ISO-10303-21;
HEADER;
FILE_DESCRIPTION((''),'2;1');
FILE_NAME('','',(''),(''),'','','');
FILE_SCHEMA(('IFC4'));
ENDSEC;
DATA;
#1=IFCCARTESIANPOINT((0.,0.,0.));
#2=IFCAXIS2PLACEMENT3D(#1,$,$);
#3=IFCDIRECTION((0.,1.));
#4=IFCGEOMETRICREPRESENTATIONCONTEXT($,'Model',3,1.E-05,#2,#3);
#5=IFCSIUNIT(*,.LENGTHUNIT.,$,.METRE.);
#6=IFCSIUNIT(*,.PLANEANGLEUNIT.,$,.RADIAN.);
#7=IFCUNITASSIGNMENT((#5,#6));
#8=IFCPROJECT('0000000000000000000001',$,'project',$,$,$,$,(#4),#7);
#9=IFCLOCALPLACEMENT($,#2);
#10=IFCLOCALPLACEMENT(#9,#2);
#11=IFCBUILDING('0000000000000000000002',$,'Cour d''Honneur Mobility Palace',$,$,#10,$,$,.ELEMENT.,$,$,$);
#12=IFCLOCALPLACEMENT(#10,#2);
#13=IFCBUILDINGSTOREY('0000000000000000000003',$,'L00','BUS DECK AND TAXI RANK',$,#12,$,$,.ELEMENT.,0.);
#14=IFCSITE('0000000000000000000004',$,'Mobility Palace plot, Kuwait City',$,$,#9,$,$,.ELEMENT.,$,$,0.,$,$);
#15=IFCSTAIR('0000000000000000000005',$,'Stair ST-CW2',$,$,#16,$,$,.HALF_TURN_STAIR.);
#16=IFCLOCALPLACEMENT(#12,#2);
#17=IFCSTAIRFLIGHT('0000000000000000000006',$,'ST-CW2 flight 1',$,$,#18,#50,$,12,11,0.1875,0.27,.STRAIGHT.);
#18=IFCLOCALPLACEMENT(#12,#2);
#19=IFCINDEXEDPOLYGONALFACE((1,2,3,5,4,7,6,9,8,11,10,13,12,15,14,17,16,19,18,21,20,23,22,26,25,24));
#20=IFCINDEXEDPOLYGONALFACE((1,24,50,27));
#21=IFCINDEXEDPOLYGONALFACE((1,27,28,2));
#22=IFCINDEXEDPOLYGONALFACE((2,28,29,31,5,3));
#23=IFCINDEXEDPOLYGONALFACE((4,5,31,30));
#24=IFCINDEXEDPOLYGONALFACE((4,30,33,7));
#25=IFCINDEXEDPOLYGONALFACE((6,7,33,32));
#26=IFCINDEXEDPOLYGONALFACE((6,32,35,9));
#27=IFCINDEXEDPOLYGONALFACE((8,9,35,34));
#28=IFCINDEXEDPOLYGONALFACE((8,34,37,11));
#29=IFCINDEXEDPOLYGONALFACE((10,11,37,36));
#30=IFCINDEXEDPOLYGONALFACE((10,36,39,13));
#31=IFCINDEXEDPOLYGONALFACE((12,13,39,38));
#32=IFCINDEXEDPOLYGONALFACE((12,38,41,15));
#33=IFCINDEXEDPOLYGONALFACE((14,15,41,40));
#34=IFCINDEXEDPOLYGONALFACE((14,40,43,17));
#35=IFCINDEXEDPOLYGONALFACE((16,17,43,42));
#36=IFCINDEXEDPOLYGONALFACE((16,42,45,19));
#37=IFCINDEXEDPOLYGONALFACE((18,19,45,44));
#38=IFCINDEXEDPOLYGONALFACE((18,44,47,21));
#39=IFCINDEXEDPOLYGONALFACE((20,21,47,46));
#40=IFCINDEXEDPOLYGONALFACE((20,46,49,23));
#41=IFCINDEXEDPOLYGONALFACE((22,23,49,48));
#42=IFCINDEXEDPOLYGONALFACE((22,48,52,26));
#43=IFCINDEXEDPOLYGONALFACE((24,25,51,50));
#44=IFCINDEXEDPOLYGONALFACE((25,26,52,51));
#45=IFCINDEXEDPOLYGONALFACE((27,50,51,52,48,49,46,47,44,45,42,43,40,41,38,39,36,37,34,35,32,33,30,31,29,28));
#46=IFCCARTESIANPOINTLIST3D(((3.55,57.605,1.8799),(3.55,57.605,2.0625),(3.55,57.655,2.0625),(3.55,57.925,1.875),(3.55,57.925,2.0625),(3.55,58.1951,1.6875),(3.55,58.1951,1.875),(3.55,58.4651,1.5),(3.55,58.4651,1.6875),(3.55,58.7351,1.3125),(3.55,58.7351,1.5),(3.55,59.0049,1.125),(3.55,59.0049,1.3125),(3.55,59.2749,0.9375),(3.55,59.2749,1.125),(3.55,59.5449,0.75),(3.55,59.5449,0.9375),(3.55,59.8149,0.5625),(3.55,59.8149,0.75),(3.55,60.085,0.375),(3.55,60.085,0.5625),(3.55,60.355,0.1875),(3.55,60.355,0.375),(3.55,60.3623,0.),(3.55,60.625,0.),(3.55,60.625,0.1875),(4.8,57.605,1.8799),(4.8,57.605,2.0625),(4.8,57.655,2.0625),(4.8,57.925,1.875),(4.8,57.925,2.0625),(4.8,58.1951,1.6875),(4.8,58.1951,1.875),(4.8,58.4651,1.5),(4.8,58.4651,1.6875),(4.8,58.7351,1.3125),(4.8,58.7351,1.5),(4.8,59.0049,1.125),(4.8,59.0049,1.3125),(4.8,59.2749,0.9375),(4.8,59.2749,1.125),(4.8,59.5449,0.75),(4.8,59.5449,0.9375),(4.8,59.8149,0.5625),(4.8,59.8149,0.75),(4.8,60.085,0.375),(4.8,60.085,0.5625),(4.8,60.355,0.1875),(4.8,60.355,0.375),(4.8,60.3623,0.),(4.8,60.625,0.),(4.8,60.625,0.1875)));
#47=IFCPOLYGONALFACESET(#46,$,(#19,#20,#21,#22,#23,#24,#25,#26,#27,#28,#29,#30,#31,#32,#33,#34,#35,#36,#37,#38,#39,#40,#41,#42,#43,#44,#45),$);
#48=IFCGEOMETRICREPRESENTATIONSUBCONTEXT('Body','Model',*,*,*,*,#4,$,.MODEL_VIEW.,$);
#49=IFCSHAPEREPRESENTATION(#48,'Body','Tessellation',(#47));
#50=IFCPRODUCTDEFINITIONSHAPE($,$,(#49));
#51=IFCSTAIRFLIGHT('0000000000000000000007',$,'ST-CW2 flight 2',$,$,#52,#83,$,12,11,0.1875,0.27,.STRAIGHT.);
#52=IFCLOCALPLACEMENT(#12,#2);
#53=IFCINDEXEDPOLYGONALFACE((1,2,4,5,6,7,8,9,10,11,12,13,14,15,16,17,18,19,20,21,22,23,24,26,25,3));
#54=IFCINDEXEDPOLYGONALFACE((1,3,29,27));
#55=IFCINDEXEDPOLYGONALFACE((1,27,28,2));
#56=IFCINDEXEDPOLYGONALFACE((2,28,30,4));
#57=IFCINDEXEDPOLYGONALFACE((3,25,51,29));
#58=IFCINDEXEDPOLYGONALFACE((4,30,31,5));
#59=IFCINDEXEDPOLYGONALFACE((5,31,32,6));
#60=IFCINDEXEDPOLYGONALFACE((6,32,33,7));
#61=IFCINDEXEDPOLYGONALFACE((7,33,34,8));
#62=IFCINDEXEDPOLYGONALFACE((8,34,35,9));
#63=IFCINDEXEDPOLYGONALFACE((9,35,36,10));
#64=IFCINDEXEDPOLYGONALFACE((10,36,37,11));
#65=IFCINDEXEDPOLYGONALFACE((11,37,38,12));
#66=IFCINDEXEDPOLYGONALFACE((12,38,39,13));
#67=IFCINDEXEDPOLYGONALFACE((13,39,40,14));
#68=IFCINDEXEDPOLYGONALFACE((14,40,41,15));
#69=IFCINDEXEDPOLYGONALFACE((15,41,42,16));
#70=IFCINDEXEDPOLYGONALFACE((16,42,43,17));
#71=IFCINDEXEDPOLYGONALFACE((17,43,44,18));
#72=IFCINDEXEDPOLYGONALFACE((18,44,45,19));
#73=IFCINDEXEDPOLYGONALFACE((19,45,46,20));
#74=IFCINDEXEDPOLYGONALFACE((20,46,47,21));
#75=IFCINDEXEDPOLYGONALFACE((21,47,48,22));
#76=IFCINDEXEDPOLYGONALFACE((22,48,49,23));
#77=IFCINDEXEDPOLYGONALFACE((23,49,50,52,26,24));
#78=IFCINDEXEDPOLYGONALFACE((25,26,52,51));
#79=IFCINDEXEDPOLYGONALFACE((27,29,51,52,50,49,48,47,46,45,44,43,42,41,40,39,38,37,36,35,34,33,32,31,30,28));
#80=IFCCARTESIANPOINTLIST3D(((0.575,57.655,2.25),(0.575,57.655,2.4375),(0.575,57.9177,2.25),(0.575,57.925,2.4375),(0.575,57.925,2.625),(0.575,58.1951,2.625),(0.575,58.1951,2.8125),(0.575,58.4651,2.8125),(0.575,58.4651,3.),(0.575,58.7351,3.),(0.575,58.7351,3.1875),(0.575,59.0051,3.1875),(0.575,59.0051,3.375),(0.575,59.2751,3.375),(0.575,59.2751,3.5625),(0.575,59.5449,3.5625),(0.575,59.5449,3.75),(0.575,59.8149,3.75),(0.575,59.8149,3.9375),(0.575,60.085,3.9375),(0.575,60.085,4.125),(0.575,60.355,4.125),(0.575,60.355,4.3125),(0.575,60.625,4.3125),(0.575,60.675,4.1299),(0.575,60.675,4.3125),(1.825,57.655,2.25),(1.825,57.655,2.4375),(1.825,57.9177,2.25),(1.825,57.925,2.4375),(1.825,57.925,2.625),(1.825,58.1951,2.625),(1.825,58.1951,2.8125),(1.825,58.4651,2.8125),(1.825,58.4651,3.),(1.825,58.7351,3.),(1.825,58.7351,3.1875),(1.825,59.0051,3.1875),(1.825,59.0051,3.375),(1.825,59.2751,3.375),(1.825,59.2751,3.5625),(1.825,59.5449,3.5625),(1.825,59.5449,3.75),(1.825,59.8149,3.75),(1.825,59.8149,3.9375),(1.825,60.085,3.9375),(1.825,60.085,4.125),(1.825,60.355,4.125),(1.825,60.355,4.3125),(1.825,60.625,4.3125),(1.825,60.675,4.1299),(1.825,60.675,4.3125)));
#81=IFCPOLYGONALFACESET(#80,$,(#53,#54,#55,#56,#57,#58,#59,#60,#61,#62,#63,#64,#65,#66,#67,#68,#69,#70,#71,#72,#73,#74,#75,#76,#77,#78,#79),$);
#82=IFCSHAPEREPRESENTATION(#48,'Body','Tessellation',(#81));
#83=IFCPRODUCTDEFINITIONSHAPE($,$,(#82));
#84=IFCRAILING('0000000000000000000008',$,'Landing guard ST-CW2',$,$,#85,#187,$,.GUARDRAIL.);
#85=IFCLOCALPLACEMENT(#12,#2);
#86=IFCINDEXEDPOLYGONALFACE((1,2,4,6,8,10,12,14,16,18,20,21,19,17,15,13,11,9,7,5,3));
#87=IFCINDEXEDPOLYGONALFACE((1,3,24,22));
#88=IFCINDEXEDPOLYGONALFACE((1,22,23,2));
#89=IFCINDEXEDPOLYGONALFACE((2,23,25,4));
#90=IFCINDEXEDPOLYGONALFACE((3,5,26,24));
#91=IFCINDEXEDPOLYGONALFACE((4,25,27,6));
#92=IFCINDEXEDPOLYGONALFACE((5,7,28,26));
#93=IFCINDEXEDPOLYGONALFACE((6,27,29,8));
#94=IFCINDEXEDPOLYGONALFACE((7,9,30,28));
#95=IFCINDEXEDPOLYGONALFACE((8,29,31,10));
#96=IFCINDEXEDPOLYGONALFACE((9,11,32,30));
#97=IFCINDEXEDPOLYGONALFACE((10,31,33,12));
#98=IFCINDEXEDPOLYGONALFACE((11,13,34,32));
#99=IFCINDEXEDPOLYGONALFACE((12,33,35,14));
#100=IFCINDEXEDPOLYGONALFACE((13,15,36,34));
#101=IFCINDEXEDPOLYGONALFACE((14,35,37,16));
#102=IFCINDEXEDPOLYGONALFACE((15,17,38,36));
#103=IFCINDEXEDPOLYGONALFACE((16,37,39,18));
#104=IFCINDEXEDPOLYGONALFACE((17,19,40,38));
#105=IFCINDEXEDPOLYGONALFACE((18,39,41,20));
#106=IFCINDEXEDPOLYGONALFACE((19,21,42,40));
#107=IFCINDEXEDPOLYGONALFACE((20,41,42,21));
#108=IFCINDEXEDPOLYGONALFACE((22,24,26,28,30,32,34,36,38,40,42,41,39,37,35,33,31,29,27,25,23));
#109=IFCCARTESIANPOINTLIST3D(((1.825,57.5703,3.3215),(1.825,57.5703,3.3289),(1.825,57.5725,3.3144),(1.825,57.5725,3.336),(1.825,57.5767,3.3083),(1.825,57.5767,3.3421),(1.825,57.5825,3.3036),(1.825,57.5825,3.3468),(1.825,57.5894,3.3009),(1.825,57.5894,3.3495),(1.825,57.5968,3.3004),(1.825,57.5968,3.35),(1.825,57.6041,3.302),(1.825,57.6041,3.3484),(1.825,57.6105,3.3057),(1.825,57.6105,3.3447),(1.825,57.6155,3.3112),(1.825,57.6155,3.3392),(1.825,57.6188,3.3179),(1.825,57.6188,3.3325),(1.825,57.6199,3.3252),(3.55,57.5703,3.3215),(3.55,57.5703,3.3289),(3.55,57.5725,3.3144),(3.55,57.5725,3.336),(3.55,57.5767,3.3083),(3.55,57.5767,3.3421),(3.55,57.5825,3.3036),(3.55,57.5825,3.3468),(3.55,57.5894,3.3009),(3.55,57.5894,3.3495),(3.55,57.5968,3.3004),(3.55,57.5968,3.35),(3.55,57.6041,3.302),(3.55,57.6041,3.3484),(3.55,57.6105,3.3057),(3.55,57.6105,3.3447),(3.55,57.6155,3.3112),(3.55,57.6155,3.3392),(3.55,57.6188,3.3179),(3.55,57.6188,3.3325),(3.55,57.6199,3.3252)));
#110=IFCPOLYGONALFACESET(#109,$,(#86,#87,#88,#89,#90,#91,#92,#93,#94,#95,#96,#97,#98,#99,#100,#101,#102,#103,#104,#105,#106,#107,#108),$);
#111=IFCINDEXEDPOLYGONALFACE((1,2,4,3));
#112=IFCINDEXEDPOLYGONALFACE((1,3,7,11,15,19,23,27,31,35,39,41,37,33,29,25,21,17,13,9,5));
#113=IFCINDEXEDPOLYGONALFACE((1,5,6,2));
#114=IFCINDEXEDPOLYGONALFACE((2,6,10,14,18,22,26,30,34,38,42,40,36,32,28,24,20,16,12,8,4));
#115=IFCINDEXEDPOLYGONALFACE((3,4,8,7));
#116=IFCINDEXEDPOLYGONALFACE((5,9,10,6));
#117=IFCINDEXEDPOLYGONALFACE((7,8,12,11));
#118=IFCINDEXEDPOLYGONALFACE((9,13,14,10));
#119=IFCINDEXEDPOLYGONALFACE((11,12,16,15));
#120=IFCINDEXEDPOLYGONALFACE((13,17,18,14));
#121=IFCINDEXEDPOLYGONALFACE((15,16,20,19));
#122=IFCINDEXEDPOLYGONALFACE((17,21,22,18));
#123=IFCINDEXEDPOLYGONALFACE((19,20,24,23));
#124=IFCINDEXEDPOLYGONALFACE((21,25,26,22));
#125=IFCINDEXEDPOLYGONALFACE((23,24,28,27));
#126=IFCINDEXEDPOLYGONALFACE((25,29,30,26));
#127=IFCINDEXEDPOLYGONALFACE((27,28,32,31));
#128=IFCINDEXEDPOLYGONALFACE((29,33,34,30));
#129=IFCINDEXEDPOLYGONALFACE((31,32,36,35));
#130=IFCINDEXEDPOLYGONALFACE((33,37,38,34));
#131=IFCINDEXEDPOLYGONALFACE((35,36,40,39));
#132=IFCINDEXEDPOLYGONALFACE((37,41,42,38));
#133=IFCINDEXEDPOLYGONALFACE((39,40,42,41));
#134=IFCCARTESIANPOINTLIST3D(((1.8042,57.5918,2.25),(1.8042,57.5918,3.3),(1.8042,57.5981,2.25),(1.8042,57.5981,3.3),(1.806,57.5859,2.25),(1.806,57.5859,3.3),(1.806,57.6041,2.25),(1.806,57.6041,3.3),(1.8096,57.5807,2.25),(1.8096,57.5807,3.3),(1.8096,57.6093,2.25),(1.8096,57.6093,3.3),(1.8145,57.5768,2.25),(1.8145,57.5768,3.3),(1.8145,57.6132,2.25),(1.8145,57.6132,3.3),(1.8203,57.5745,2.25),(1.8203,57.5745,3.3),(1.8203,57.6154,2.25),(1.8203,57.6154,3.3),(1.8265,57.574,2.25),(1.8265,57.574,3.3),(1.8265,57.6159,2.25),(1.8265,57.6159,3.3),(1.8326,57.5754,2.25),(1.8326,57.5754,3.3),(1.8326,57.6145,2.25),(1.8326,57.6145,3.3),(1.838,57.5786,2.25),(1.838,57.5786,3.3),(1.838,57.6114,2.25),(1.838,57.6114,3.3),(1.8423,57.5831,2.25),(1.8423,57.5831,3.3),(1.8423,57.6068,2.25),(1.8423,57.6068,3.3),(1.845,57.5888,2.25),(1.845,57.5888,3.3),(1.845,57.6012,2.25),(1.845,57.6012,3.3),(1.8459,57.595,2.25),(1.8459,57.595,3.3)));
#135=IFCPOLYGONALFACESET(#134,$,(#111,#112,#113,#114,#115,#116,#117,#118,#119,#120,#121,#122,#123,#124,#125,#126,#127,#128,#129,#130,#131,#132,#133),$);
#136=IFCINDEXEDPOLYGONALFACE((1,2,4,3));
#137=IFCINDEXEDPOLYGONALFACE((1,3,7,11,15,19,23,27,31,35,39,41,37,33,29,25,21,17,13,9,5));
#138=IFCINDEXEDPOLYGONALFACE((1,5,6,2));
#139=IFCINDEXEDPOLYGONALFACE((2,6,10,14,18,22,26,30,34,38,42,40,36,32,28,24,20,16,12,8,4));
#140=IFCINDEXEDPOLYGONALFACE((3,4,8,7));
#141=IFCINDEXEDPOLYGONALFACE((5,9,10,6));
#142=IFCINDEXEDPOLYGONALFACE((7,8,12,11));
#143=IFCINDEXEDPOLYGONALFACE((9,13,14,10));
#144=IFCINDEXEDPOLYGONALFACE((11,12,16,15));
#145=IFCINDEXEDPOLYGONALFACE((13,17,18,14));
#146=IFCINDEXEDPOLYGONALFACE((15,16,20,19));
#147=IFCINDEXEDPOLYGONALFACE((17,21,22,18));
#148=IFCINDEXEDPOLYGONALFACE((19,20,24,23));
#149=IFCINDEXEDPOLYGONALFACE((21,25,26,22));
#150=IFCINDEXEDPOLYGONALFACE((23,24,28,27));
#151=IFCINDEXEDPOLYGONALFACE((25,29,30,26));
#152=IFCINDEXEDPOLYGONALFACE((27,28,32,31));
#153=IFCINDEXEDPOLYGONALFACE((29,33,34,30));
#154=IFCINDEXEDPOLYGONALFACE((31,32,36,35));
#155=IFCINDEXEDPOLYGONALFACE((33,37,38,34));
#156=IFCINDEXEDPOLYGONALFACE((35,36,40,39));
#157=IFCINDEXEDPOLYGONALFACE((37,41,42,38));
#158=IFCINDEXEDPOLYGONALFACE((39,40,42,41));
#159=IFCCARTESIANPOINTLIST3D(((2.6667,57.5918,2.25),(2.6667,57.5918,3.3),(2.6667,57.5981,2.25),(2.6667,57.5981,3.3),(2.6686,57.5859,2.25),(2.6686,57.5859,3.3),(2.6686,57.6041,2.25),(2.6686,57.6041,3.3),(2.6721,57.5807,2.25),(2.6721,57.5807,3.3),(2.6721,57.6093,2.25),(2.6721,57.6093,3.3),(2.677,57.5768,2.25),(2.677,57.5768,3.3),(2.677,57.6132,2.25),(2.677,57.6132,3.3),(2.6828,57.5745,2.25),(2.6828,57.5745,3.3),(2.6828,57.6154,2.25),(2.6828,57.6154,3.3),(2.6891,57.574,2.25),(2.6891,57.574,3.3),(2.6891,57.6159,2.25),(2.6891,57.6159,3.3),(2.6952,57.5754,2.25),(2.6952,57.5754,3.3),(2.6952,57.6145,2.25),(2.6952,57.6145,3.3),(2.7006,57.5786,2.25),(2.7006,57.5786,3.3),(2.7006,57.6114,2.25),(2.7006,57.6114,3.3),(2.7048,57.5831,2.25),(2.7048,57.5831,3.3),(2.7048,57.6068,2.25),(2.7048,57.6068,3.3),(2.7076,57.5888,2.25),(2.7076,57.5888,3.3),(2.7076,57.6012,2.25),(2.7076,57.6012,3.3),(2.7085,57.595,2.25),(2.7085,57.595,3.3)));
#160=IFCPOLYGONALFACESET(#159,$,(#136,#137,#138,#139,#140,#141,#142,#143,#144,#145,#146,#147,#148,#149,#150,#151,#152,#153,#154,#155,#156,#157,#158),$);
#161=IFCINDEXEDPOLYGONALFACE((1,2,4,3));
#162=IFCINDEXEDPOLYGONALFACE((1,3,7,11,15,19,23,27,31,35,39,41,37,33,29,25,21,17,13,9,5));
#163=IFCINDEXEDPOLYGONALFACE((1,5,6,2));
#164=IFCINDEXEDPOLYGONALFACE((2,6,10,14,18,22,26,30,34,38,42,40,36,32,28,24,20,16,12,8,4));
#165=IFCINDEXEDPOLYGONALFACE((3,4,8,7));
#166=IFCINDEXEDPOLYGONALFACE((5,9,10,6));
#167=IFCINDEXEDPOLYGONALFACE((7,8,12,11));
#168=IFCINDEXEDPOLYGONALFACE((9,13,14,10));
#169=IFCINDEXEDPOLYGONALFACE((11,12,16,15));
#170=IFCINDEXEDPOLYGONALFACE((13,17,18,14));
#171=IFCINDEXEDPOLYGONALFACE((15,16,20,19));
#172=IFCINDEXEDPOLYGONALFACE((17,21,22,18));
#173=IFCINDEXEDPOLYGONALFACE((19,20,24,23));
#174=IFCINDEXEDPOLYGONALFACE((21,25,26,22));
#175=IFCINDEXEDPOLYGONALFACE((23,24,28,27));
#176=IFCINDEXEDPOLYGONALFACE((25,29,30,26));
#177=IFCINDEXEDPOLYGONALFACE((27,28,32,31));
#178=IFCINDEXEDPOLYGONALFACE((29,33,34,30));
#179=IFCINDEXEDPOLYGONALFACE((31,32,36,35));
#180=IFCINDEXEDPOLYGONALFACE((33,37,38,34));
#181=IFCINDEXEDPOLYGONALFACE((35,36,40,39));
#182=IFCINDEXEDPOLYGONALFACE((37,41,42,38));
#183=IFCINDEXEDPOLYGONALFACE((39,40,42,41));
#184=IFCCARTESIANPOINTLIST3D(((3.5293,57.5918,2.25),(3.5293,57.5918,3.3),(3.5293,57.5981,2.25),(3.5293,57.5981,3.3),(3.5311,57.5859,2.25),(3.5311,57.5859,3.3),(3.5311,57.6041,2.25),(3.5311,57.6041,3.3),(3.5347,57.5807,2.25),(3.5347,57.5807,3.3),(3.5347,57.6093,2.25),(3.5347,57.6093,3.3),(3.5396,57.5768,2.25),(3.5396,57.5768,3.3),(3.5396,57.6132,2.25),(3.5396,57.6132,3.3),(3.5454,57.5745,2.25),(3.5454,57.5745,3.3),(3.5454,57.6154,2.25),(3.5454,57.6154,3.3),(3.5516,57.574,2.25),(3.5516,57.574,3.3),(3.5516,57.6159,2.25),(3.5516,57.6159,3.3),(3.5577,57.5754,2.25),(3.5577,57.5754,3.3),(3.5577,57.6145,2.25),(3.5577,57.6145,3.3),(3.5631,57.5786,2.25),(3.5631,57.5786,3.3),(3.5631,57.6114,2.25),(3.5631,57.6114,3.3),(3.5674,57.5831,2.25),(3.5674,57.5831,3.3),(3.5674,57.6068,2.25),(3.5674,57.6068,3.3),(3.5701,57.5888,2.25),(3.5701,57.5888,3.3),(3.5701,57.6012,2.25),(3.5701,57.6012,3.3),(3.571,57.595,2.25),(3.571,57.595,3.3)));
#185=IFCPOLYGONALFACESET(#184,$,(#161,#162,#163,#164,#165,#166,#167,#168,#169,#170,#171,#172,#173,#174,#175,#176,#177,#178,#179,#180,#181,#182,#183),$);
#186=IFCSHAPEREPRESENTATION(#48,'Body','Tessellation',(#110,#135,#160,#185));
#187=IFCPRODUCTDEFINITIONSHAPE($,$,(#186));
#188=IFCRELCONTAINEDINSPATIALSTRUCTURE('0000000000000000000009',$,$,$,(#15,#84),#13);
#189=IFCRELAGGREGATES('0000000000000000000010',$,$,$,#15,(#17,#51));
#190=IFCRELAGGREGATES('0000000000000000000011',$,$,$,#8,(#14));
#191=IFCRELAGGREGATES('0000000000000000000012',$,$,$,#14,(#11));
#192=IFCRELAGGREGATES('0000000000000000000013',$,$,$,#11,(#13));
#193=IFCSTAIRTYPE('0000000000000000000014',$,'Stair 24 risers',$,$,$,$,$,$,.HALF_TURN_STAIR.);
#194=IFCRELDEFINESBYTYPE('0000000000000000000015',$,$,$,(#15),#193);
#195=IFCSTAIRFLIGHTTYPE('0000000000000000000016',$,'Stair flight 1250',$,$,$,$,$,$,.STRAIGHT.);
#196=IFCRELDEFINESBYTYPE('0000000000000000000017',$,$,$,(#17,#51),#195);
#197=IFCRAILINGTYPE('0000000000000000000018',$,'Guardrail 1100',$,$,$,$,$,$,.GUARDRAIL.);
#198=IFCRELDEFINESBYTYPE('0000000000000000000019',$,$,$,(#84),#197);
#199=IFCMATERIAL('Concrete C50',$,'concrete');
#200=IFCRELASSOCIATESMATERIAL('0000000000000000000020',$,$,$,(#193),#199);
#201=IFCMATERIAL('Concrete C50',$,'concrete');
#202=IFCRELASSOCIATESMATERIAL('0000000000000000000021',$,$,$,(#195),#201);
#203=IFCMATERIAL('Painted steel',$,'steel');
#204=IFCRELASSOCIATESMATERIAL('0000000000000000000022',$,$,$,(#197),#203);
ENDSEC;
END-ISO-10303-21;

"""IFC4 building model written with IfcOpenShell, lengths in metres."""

from ifc_helpers import new_model, si_unit, direction, frame, origin, origin_2d, place, context, subcontext, project, spatial, polyline, circle, outline, extrude, material, type_object, element, aggregate, save


model = new_model("IFC4")

# Units and contexts
model_context = context("Model", 3, precision=1e-05, world=origin(), true_north=direction((0.0, 1.0)))
body_context = subcontext(model_context, "Body", "Model", "MODEL_VIEW")
ifc_project = project(units=[si_unit("LENGTHUNIT", "METRE"), si_unit("PLANEANGLEUNIT", "RADIAN")], contexts=[model_context])

# Site, building, storey
site_placement = place(None, origin())
site = spatial("IfcSite", under=ifc_project, at=site_placement, Name="Mobility Palace plot, Kuwait City", CompositionType="ELEMENT", RefElevation=0.0)
building_placement = place(site_placement, origin())
building = spatial("IfcBuilding", under=site, at=building_placement, Name="Cour d'Honneur Mobility Palace", CompositionType="ELEMENT")
storey_placement = place(building_placement, origin())
storey = spatial("IfcBuildingStorey", under=building, at=storey_placement, Name="L00", Description="BUS DECK AND TAXI RANK", CompositionType="ELEMENT", Elevation=0.0)

# Stair, stair flights
ifc_material_1 = material(Name="Concrete C50", Category="concrete")
stair_type = type_object("IfcStairType", Name="Stair 24 risers", PredefinedType="HALF_TURN_STAIR", material=ifc_material_1)
stair_placement = place(storey_placement, origin())
stair = element("IfcStair", 1, at=stair_placement, inside=storey, type_object=stair_type, Name="Stair ST-CW2", PredefinedType="HALF_TURN_STAIR")
ifc_material_2 = material(Name="Concrete C50", Category="concrete")
stair_flight_type = type_object("IfcStairFlightType", Name="Stair flight 1250", PredefinedType="STRAIGHT", material=ifc_material_2)
stair_flight_1_placement = place(storey_placement, frame((4.175, 60.625, 0.0), z_axis=(0.0, 0.0, 1.0), x_axis=(0.0, -1.0, 0.0)))
stair_flight_1 = element("IfcStairFlight", 2, at=stair_flight_1_placement, type_object=stair_flight_type, Name="ST-CW2 flight 1", NumberOfRisers=12, NumberOfTreads=11, PredefinedType="STRAIGHT", RiserHeight=0.1875, TreadLength=0.27, context=body_context, shape_type="SweptSolid", body=[
    extrude(outline(polyline([(0.0, 0.0), (0.0, 0.1875), (0.27, 0.1875), (0.27, 0.375), (0.54, 0.375), (0.54, 0.5625), (0.8101, 0.5625), (0.8101, 0.75), (1.0801, 0.75), (1.0801, 0.9375), (1.3501, 0.9375), (1.3501, 1.125), (1.6201, 1.125), (1.6201, 1.3125), (1.8899, 1.3125), (1.8899, 1.5), (2.1599, 1.5), (2.1599, 1.6875), (2.4299, 1.6875), (2.4299, 1.875), (2.7, 1.875), (2.7, 2.0625), (2.97, 2.0625), (3.02, 2.0625), (3.02, 1.8799), (0.2627, 0.0), (0.0, 0.0)])), frame((0.0, 0.625, 0.0), z_axis=(0.0, -1.0, 0.0), x_axis=(1.0, 0.0, 0.0)), (0.0, 0.0, 1.0), 1.25),
])
stair_flight_2_placement = place(storey_placement, frame((1.2, 57.655, 2.25), z_axis=(0.0, 0.0, 1.0), x_axis=(0.0, 1.0, 0.0)))
stair_flight_2 = element("IfcStairFlight", 3, at=stair_flight_2_placement, type_object=stair_flight_type, Name="ST-CW2 flight 2", NumberOfRisers=12, NumberOfTreads=11, PredefinedType="STRAIGHT", RiserHeight=0.1875, TreadLength=0.27, context=body_context, shape_type="SweptSolid", body=[
    extrude(outline(polyline([(0.0, 0.0), (0.0, 0.1875), (0.27, 0.1875), (0.27, 0.375), (0.54, 0.375), (0.54, 0.5625), (0.8101, 0.5625), (0.8101, 0.75), (1.0801, 0.75), (1.0801, 0.9375), (1.3501, 0.9375), (1.3501, 1.125), (1.6201, 1.125), (1.6201, 1.3125), (1.8899, 1.3125), (1.8899, 1.5), (2.1599, 1.5), (2.1599, 1.6875), (2.4299, 1.6875), (2.4299, 1.875), (2.7, 1.875), (2.7, 2.0625), (2.97, 2.0625), (3.02, 2.0625), (3.02, 1.8799), (0.2627, 0.0), (0.0, 0.0)])), frame((0.0, 0.625, 0.0), z_axis=(0.0, -1.0, 0.0), x_axis=(1.0, 0.0, 0.0)), (0.0, 0.0, 1.0), 1.25),
])
aggregate(stair, [stair_flight_1, stair_flight_2])

# Railing
ifc_material_3 = material(Name="Painted steel", Category="steel")
railing_type_1 = type_object("IfcRailingType", Name="Guardrail 1100", PredefinedType="GUARDRAIL", material=ifc_material_3)
railing_1_placement = place(storey_placement, frame((1.825, 57.595, 2.25)))
element("IfcRailing", 4, at=railing_1_placement, inside=storey, type_object=railing_type_1, Name="Landing guard ST-CW2", PredefinedType="GUARDRAIL", context=body_context, shape_type="SweptSolid", body=[
    extrude(circle(Radius=0.0249, at=origin_2d()), frame((0.0, 0.0, 1.0752), z_axis=(1.0, 0.0, 0.0), x_axis=(0.0, 1.0, 0.0)), (0.0, 0.0, 1.0), 1.7251),
    extrude(circle(Radius=0.021, at=origin_2d()), origin(), (0.0, 0.0, 1.0), 1.05),
    extrude(circle(Radius=0.021, at=origin_2d()), frame((0.8625, 0.0, 0.0)), (0.0, 0.0, 1.0), 1.05),
    extrude(circle(Radius=0.021, at=origin_2d()), frame((1.7251, 0.0, 0.0)), (0.0, 0.0, 1.0), 1.05),
])

save(model, "model.ifc")
